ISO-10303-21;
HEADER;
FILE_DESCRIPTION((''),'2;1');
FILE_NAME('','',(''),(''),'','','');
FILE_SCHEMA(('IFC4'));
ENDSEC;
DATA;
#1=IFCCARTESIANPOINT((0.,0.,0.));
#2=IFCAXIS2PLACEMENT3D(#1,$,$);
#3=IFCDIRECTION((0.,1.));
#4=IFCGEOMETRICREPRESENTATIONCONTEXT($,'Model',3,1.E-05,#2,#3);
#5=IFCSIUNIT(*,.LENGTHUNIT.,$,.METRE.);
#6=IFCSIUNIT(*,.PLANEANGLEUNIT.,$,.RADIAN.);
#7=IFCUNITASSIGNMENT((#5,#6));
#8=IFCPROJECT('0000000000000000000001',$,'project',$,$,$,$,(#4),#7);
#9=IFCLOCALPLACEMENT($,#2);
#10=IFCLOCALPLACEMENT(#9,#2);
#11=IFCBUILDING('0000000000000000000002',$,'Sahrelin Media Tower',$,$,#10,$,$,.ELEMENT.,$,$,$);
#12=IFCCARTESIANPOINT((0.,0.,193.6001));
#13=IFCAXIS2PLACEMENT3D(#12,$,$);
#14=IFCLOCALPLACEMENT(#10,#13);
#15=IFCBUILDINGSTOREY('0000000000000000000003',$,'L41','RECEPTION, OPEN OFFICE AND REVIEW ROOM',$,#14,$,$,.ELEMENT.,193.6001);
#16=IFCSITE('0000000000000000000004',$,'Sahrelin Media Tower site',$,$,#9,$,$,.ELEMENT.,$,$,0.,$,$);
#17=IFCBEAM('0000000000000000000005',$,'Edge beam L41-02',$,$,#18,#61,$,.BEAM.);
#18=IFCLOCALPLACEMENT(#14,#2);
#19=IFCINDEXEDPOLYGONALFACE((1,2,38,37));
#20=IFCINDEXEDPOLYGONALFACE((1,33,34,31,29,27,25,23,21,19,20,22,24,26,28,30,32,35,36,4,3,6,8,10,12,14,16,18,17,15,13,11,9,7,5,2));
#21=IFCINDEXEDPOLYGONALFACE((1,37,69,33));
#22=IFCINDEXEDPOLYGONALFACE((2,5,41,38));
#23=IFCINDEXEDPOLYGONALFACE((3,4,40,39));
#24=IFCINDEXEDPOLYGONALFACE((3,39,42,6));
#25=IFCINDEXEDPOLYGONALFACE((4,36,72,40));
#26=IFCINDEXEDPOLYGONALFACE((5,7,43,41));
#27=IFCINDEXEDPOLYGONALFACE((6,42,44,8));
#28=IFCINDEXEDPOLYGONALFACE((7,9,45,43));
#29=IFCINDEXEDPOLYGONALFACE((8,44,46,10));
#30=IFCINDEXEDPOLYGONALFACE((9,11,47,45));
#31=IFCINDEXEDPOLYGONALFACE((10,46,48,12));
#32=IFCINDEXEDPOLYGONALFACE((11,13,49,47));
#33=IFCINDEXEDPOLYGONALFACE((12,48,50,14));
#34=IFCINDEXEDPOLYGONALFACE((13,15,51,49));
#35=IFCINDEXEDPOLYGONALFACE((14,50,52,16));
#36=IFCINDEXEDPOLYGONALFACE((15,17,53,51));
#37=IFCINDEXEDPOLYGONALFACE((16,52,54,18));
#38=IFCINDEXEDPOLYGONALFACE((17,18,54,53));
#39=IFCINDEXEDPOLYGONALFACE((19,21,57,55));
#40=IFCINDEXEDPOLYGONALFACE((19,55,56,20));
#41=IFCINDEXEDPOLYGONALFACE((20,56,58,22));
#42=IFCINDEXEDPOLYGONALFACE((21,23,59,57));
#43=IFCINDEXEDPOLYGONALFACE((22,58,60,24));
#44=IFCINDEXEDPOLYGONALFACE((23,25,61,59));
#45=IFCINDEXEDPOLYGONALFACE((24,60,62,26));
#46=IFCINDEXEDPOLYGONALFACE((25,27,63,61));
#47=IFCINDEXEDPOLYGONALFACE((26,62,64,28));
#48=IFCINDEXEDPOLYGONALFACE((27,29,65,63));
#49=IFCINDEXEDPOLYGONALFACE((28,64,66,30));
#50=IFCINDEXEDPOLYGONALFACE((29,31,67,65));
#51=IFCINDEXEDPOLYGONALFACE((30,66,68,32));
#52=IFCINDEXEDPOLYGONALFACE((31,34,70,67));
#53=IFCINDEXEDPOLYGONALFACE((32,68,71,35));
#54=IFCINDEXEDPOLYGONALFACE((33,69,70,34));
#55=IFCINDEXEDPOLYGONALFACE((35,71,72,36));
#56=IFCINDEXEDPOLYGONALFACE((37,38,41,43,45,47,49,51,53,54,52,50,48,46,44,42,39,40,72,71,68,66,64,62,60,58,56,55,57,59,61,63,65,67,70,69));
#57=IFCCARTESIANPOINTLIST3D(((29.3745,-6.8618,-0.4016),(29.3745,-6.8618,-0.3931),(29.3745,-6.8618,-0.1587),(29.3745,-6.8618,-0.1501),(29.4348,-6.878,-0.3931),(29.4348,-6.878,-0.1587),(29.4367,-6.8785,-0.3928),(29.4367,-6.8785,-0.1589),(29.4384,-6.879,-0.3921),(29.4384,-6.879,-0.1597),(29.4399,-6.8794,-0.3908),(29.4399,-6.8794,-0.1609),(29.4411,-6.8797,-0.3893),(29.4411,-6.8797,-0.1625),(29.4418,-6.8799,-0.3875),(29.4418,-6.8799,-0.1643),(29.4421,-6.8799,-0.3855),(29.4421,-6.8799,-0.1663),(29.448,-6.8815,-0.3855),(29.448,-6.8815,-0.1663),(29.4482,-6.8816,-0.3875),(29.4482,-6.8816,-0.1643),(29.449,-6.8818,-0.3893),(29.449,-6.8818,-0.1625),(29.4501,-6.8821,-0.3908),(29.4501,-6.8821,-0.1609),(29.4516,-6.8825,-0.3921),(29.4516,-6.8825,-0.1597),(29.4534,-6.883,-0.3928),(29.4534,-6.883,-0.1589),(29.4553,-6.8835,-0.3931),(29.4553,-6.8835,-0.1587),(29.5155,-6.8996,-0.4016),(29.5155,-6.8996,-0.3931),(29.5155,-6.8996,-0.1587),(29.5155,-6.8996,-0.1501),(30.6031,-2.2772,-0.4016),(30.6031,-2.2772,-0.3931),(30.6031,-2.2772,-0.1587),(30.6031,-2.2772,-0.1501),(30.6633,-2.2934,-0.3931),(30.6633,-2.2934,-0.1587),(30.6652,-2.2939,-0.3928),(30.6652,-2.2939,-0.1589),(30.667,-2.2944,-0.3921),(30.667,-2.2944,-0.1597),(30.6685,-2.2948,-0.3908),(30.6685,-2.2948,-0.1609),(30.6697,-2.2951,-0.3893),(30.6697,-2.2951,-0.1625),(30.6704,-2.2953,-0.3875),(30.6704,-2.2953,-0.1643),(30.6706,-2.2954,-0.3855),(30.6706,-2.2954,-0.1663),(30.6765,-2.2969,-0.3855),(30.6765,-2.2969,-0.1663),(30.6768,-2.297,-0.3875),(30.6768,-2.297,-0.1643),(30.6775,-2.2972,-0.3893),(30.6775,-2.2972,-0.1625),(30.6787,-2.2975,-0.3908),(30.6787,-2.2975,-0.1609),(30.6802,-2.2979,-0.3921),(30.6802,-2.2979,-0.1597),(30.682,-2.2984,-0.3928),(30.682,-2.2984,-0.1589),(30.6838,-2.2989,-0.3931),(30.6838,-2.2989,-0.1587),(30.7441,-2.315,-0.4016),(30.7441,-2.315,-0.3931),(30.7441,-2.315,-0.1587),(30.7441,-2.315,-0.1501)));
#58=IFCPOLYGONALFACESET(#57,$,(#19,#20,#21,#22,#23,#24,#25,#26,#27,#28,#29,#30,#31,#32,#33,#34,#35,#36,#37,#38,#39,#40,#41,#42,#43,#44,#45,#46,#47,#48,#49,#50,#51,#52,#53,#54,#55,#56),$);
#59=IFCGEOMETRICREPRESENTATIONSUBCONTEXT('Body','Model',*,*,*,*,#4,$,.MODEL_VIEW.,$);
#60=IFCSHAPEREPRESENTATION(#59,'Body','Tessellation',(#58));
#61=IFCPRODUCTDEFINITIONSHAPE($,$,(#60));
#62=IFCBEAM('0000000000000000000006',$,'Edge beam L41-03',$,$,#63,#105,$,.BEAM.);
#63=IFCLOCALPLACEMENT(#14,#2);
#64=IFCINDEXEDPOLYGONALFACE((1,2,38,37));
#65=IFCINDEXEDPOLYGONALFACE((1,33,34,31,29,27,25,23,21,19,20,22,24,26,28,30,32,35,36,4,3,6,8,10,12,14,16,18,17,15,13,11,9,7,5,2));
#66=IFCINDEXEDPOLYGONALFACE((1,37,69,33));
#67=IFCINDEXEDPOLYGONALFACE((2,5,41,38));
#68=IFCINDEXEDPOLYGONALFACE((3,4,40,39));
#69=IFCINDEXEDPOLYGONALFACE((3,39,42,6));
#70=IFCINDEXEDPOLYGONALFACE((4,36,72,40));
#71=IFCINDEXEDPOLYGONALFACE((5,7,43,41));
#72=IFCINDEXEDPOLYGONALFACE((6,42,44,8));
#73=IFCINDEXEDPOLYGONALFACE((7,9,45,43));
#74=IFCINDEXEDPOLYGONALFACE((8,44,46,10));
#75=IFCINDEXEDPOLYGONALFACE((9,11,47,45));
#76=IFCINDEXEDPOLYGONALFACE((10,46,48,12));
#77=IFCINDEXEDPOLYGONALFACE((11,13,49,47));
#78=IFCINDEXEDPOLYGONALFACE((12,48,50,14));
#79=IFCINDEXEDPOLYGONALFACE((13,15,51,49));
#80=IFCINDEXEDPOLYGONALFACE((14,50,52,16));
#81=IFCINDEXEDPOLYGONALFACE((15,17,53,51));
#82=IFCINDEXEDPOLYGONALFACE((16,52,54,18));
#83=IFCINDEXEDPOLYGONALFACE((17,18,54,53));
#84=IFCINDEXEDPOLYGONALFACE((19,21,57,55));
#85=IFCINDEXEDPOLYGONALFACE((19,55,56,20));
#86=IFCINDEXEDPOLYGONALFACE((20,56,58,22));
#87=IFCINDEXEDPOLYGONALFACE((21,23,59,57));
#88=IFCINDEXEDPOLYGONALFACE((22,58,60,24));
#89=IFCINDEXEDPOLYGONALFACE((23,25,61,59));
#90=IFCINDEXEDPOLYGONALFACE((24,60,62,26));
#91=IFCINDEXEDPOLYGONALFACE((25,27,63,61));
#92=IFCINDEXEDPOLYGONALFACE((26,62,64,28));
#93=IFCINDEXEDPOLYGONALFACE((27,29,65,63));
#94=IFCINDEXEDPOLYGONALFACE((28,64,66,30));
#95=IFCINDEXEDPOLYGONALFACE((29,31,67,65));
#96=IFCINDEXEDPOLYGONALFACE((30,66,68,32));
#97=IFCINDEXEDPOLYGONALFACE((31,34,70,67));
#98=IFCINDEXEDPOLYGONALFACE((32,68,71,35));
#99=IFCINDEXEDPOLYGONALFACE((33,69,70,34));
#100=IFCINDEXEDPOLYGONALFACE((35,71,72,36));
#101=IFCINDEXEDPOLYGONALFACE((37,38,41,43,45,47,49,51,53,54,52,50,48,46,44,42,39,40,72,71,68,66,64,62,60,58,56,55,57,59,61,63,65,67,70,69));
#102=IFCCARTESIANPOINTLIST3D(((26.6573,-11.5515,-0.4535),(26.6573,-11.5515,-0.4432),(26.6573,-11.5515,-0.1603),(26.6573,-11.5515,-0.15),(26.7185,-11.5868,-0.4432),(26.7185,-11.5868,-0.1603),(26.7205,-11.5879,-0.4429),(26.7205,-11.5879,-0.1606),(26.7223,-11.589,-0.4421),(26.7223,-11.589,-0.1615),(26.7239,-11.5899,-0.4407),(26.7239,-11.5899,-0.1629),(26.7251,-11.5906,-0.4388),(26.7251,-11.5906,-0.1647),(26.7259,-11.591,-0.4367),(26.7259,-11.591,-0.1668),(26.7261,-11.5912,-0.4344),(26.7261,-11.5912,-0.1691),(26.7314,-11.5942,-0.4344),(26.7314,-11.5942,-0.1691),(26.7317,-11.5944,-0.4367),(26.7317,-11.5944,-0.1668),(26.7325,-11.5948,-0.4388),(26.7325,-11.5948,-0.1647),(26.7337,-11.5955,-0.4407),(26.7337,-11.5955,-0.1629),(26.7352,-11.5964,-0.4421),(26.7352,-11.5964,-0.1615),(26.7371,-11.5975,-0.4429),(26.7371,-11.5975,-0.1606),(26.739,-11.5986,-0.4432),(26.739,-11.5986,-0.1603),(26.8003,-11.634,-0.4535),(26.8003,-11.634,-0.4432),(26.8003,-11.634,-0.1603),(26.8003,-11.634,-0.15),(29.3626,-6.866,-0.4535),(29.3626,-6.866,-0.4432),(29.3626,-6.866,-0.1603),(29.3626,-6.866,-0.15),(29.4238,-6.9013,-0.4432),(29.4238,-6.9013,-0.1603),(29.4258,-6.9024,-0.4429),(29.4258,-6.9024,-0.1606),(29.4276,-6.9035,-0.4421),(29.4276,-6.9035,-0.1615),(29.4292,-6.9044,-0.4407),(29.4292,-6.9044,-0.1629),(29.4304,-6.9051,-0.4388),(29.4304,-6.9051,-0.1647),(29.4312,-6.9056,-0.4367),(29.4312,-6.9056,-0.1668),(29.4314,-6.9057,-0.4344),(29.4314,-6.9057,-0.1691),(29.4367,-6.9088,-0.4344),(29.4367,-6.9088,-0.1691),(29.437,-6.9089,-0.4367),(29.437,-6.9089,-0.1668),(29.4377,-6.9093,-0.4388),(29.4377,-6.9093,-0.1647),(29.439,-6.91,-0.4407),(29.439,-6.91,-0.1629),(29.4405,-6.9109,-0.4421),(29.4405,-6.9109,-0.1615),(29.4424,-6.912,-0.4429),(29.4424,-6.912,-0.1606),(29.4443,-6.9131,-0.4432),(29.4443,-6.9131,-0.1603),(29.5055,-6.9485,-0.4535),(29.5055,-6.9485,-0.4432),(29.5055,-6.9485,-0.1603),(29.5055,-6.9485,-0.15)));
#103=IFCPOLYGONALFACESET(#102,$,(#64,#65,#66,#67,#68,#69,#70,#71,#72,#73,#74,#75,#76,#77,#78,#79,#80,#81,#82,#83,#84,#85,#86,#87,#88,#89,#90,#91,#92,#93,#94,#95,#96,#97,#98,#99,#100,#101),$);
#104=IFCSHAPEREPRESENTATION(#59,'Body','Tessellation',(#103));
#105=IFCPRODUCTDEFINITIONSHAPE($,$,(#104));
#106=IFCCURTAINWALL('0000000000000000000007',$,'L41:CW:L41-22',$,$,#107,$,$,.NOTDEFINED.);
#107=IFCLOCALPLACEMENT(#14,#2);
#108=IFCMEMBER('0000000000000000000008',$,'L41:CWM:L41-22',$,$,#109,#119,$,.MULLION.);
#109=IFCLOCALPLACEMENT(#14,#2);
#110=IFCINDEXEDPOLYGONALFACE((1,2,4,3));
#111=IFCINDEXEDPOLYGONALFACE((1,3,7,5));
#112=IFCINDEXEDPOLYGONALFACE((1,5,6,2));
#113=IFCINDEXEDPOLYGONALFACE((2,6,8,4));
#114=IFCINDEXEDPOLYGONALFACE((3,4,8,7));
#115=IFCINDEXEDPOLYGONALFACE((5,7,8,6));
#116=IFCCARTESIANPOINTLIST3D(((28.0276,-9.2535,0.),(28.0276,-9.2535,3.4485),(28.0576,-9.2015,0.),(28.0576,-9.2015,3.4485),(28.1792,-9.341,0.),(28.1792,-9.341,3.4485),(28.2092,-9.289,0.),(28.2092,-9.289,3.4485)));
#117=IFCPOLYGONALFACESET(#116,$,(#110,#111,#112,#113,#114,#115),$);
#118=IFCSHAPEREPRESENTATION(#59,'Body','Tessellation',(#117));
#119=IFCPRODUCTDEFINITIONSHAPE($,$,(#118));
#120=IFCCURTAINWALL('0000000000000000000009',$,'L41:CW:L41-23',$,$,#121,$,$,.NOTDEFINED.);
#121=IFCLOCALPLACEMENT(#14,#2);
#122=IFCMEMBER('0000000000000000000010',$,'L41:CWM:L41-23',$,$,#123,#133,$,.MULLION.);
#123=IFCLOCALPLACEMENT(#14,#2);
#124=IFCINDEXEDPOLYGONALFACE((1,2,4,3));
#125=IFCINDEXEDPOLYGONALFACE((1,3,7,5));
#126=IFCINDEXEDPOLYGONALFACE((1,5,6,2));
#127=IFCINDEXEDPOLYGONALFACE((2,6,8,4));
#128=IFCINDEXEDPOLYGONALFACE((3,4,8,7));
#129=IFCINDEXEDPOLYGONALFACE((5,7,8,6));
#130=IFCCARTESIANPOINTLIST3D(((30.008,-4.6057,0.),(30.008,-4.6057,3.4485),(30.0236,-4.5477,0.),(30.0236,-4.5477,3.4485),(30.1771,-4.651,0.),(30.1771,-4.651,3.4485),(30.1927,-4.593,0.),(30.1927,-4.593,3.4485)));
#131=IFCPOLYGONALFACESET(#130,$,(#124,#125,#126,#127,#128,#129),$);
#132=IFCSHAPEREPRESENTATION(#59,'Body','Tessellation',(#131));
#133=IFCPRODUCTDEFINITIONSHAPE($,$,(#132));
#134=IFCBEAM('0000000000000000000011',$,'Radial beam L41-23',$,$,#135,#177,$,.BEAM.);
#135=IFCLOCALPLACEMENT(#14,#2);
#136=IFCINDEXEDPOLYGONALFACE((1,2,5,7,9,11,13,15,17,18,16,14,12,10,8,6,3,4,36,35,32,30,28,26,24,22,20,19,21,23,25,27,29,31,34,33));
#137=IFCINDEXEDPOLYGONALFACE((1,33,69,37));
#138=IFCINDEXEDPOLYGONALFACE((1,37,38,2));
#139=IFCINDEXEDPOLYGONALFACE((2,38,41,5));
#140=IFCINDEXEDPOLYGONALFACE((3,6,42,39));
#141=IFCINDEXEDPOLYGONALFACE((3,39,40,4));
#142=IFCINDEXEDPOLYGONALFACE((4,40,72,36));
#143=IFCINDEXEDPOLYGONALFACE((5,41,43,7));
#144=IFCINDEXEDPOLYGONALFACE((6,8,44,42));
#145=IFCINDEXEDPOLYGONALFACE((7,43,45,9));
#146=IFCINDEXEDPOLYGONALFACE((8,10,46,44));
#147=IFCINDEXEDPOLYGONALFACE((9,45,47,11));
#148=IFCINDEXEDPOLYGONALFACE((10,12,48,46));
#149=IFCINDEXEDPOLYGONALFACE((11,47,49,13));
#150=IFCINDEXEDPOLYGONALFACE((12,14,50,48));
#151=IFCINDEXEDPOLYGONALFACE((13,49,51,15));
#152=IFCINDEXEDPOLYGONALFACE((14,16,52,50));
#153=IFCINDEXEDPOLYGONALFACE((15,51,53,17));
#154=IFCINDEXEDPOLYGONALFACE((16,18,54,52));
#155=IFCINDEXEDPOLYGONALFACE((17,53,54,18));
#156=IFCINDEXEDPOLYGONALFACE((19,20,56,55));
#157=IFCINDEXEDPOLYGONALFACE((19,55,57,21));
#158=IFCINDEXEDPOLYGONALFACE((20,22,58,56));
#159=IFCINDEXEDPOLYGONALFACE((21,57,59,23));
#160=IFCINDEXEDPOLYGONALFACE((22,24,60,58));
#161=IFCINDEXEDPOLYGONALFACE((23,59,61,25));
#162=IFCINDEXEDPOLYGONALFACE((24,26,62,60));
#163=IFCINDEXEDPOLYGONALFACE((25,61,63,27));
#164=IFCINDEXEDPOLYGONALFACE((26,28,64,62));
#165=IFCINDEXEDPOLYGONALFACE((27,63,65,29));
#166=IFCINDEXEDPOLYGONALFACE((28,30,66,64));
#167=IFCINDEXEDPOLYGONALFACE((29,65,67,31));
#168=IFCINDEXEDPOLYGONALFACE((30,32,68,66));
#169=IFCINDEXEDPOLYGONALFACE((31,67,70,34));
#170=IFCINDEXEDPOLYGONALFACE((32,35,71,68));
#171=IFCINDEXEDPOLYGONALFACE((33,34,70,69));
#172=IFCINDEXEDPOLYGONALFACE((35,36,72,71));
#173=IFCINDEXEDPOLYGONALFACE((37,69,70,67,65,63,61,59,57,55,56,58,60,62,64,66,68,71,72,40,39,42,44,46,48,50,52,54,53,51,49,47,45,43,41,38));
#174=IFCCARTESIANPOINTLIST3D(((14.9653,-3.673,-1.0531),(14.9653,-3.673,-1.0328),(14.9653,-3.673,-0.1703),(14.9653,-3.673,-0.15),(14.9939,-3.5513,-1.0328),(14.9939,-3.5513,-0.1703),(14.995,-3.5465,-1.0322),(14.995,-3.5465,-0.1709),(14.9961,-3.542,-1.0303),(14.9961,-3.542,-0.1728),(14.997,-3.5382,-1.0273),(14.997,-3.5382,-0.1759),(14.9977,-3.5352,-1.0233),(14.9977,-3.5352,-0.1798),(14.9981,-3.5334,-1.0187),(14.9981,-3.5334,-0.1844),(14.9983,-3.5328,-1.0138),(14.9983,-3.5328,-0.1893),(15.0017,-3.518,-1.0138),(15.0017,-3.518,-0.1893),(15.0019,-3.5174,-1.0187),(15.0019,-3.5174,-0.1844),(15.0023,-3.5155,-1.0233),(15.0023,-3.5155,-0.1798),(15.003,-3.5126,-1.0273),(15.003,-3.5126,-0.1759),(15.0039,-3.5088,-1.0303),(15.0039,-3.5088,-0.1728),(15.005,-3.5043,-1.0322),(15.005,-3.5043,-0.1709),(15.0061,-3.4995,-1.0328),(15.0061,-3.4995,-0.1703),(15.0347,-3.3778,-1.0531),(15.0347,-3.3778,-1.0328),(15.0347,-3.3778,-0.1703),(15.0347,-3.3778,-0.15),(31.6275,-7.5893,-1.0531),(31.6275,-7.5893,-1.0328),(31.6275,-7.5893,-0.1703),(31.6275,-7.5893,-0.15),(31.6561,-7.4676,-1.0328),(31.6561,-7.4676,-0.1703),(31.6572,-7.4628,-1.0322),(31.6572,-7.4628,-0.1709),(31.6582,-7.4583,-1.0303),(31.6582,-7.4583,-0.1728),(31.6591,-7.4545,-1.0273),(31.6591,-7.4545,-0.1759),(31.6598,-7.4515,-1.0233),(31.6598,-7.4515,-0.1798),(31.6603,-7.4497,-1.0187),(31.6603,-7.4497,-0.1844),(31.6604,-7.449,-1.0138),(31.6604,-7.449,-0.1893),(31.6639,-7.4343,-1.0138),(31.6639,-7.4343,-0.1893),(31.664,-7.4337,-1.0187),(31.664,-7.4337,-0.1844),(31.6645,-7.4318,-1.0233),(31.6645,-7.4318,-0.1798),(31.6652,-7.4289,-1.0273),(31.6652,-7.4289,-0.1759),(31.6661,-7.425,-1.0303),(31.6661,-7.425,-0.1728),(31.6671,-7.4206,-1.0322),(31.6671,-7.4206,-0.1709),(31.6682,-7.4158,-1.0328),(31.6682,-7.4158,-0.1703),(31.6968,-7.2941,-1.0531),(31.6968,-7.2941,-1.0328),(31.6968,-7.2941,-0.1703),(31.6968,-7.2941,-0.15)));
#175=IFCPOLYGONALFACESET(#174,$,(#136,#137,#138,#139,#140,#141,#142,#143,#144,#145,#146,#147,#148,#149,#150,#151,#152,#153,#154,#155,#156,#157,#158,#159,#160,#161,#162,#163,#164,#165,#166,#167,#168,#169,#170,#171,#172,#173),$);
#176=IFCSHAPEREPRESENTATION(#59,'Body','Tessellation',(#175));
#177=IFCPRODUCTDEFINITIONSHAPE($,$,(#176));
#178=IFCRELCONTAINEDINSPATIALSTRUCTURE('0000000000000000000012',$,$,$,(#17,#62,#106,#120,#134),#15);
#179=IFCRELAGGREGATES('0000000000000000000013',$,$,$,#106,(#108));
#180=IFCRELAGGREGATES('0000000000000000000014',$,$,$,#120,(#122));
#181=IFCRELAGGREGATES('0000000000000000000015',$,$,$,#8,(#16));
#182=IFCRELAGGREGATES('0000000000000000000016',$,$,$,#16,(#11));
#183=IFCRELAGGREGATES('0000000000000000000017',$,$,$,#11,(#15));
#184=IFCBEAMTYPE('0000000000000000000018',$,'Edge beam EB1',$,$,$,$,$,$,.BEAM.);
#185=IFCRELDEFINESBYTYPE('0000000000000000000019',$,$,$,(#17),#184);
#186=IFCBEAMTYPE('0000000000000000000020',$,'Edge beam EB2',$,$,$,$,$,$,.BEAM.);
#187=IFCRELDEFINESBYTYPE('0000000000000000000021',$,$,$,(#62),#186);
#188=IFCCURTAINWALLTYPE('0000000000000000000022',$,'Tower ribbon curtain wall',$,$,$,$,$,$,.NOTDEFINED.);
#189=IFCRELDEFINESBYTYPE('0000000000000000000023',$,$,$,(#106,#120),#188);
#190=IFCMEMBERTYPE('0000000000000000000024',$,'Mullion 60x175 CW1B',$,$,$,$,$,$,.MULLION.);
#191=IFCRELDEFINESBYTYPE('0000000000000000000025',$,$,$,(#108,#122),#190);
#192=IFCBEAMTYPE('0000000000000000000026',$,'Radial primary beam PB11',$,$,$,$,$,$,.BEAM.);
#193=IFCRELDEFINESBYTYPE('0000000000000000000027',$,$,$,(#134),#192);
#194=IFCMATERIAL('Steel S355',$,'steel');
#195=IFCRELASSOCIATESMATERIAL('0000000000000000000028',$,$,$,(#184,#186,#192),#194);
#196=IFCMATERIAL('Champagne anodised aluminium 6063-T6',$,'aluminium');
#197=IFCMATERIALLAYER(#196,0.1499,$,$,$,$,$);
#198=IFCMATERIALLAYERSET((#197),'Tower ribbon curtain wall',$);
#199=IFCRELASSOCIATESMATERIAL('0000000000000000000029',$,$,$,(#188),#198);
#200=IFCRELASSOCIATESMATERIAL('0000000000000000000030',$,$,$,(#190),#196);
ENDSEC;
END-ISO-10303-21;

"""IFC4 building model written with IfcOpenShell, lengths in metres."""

from ifc_helpers import new_model, si_unit, direction, frame, origin, origin_2d, place, context, subcontext, project, spatial, rectangle, i_section, extrude, material, layer, layer_set, material_profile, profile_set, type_object, element, aggregate, save


model = new_model("IFC4")

# Units and contexts
model_context = context("Model", 3, precision=1e-05, world=origin(), true_north=direction((0.0, 1.0)))
body_context = subcontext(model_context, "Body", "Model", "MODEL_VIEW")
ifc_project = project(units=[si_unit("LENGTHUNIT", "METRE"), si_unit("PLANEANGLEUNIT", "RADIAN")], contexts=[model_context])

# Site, building, storey
site_placement = place(None, origin())
site = spatial("IfcSite", under=ifc_project, at=site_placement, Name="Sahrelin Media Tower site", CompositionType="ELEMENT", RefElevation=0.0)
building_placement = place(site_placement, origin())
building = spatial("IfcBuilding", under=site, at=building_placement, Name="Sahrelin Media Tower", CompositionType="ELEMENT")
storey_placement = place(building_placement, frame((0.0, 0.0, 193.6001)))
storey = spatial("IfcBuildingStorey", under=building, at=storey_placement, Name="L41", Description="RECEPTION, OPEN OFFICE AND REVIEW ROOM", CompositionType="ELEMENT", Elevation=193.6001)

# Beams
ifc_material_1 = material(Name="Steel S355", Category="steel")
ifc_material_profile_1 = material_profile(ifc_material_1, i_section(OverallWidth=0.146, OverallDepth=0.2515, WebThickness=0.0061, FlangeThickness=0.0085, FilletRadius=0.0076, at=origin_2d()), Name="UB 254x146x31")
ifc_profile_set_1 = profile_set([ifc_material_profile_1], Name="Steel S355")
beam_type_1 = type_object("IfcBeamType", Name="Edge beam EB1", PredefinedType="BEAM", material=ifc_profile_set_1)
beam_1_placement = place(storey_placement, frame((30.6736, -2.2961, -0.2759), z_axis=(-0.258841, -0.96592, 0.0), x_axis=(0.96592, -0.258841, 0.0)))
element("IfcBeam", 1, at=beam_1_placement, inside=storey, type_object=beam_type_1, Name="Edge beam L41-02", PredefinedType="BEAM", context=body_context, shape_type="SweptSolid", body=[
    extrude(i_section(OverallWidth=0.146, OverallDepth=0.2515, WebThickness=0.0061, FlangeThickness=0.0085, FilletRadius=0.0076, at=origin_2d()), origin(), (0.0, 0.0, 1.0), 4.7463),
])
ifc_material_profile_2 = material_profile(ifc_material_1, i_section(OverallWidth=0.165, OverallDepth=0.3035, WebThickness=0.0061, FlangeThickness=0.0103, FilletRadius=0.0088, at=origin_2d()), Name="UB 305x165x40")
ifc_profile_set_2 = profile_set([ifc_material_profile_2], Name="Steel S355")
beam_type_2 = type_object("IfcBeamType", Name="Edge beam EB2", PredefinedType="BEAM", material=ifc_profile_set_2)
beam_2_placement = place(storey_placement, frame((29.4341, -6.9072, -0.3018), z_axis=(-0.500017, -0.866016, 0.0), x_axis=(0.866016, -0.500017, 0.0)))
element("IfcBeam", 2, at=beam_2_placement, inside=storey, type_object=beam_type_2, Name="Edge beam L41-03", PredefinedType="BEAM", context=body_context, shape_type="SweptSolid", body=[
    extrude(i_section(OverallWidth=0.165, OverallDepth=0.3035, WebThickness=0.0061, FlangeThickness=0.0103, FilletRadius=0.0088, at=origin_2d()), origin(), (0.0, 0.0, 1.0), 5.4104),
])

# Curtain walls, members
ifc_material_2 = material(Name="Champagne anodised aluminium 6063-T6", Category="aluminium")
ifc_layer_1 = layer(ifc_material_2, 0.1499)
ifc_layer_set_1 = layer_set([ifc_layer_1], Name="Tower ribbon curtain wall")
curtain_wall_type = type_object("IfcCurtainWallType", Name="Tower ribbon curtain wall", PredefinedType="NOTDEFINED", material=ifc_layer_set_1)
curtain_wall_1_placement = place(storey_placement, frame((28.2112, -9.325, 0.0), z_axis=(0.0, 0.0, 1.0), x_axis=(1.0, 0.0, 0.0)))
curtain_wall_1 = element("IfcCurtainWall", 3, at=curtain_wall_1_placement, inside=storey, type_object=curtain_wall_type, Name="L41:CW:L41-22", PredefinedType="NOTDEFINED")
ifc_material_profile_3 = material_profile(ifc_material_2, rectangle(XDim=0.0601, YDim=0.175, at=origin_2d()), Name="Mullion 60x175")
ifc_profile_set_3 = profile_set([ifc_material_profile_3], Name="Champagne anodised aluminium 6063-T6")
member_type_1 = type_object("IfcMemberType", Name="Mullion 60x175 CW1B", PredefinedType="MULLION", material=ifc_profile_set_3)
member_1_placement = place(storey_placement, frame((28.1184, -9.2712, 0.0), z_axis=(0.0, 0.0, 1.0), x_axis=(0.499997, 0.866027, 0.0)))
member_1 = element("IfcMember", 4, at=member_1_placement, type_object=member_type_1, Name="L41:CWM:L41-22", PredefinedType="MULLION", context=body_context, shape_type="SweptSolid", body=[
    extrude(rectangle(XDim=0.0601, YDim=0.175, at=origin_2d()), origin(), (0.0, 0.0, 1.0), 3.4485),
])
curtain_wall_2_placement = place(storey_placement, frame((30.2041, -4.6272, 0.0), z_axis=(0.0, 0.0, 1.0), x_axis=(1.0, 0.0, 0.0)))
curtain_wall_2 = element("IfcCurtainWall", 5, at=curtain_wall_2_placement, inside=storey, type_object=curtain_wall_type, Name="L41:CW:L41-23", PredefinedType="NOTDEFINED")
member_2_placement = place(storey_placement, frame((30.1003, -4.5994, 0.0), z_axis=(0.0, 0.0, 1.0), x_axis=(0.258829, 0.965923, 0.0)))
member_2 = element("IfcMember", 6, at=member_2_placement, type_object=member_type_1, Name="L41:CWM:L41-23", PredefinedType="MULLION", context=body_context, shape_type="SweptSolid", body=[
    extrude(rectangle(XDim=0.0601, YDim=0.175, at=origin_2d()), origin(), (0.0, 0.0, 1.0), 3.4485),
])

# Beam
ifc_material_profile_4 = material_profile(ifc_material_1, i_section(OverallWidth=0.3032, OverallDepth=0.9031, WebThickness=0.0151, FlangeThickness=0.0203, FilletRadius=0.019, at=origin_2d()), Name="UB 914x305x201")
ifc_profile_set_4 = profile_set([ifc_material_profile_4], Name="Steel S355")
beam_type_3 = type_object("IfcBeamType", Name="Radial primary beam PB11", PredefinedType="BEAM", material=ifc_profile_set_4)
beam_3_placement = place(storey_placement, frame((15.0, -3.5254, -0.6016), z_axis=(0.973472, -0.228805, 0.0), x_axis=(0.228805, 0.973472, 0.0)))
element("IfcBeam", 7, at=beam_3_placement, inside=storey, type_object=beam_type_3, Name="Radial beam L41-23", PredefinedType="BEAM", context=body_context, shape_type="SweptSolid", body=[
    extrude(i_section(OverallWidth=0.3032, OverallDepth=0.9031, WebThickness=0.0151, FlangeThickness=0.0203, FilletRadius=0.019, at=origin_2d()), origin(), (0.0, 0.0, 1.0), 17.1162),
])

aggregate(curtain_wall_1, [member_1])

aggregate(curtain_wall_2, [member_2])

save(model, "model.ifc")
